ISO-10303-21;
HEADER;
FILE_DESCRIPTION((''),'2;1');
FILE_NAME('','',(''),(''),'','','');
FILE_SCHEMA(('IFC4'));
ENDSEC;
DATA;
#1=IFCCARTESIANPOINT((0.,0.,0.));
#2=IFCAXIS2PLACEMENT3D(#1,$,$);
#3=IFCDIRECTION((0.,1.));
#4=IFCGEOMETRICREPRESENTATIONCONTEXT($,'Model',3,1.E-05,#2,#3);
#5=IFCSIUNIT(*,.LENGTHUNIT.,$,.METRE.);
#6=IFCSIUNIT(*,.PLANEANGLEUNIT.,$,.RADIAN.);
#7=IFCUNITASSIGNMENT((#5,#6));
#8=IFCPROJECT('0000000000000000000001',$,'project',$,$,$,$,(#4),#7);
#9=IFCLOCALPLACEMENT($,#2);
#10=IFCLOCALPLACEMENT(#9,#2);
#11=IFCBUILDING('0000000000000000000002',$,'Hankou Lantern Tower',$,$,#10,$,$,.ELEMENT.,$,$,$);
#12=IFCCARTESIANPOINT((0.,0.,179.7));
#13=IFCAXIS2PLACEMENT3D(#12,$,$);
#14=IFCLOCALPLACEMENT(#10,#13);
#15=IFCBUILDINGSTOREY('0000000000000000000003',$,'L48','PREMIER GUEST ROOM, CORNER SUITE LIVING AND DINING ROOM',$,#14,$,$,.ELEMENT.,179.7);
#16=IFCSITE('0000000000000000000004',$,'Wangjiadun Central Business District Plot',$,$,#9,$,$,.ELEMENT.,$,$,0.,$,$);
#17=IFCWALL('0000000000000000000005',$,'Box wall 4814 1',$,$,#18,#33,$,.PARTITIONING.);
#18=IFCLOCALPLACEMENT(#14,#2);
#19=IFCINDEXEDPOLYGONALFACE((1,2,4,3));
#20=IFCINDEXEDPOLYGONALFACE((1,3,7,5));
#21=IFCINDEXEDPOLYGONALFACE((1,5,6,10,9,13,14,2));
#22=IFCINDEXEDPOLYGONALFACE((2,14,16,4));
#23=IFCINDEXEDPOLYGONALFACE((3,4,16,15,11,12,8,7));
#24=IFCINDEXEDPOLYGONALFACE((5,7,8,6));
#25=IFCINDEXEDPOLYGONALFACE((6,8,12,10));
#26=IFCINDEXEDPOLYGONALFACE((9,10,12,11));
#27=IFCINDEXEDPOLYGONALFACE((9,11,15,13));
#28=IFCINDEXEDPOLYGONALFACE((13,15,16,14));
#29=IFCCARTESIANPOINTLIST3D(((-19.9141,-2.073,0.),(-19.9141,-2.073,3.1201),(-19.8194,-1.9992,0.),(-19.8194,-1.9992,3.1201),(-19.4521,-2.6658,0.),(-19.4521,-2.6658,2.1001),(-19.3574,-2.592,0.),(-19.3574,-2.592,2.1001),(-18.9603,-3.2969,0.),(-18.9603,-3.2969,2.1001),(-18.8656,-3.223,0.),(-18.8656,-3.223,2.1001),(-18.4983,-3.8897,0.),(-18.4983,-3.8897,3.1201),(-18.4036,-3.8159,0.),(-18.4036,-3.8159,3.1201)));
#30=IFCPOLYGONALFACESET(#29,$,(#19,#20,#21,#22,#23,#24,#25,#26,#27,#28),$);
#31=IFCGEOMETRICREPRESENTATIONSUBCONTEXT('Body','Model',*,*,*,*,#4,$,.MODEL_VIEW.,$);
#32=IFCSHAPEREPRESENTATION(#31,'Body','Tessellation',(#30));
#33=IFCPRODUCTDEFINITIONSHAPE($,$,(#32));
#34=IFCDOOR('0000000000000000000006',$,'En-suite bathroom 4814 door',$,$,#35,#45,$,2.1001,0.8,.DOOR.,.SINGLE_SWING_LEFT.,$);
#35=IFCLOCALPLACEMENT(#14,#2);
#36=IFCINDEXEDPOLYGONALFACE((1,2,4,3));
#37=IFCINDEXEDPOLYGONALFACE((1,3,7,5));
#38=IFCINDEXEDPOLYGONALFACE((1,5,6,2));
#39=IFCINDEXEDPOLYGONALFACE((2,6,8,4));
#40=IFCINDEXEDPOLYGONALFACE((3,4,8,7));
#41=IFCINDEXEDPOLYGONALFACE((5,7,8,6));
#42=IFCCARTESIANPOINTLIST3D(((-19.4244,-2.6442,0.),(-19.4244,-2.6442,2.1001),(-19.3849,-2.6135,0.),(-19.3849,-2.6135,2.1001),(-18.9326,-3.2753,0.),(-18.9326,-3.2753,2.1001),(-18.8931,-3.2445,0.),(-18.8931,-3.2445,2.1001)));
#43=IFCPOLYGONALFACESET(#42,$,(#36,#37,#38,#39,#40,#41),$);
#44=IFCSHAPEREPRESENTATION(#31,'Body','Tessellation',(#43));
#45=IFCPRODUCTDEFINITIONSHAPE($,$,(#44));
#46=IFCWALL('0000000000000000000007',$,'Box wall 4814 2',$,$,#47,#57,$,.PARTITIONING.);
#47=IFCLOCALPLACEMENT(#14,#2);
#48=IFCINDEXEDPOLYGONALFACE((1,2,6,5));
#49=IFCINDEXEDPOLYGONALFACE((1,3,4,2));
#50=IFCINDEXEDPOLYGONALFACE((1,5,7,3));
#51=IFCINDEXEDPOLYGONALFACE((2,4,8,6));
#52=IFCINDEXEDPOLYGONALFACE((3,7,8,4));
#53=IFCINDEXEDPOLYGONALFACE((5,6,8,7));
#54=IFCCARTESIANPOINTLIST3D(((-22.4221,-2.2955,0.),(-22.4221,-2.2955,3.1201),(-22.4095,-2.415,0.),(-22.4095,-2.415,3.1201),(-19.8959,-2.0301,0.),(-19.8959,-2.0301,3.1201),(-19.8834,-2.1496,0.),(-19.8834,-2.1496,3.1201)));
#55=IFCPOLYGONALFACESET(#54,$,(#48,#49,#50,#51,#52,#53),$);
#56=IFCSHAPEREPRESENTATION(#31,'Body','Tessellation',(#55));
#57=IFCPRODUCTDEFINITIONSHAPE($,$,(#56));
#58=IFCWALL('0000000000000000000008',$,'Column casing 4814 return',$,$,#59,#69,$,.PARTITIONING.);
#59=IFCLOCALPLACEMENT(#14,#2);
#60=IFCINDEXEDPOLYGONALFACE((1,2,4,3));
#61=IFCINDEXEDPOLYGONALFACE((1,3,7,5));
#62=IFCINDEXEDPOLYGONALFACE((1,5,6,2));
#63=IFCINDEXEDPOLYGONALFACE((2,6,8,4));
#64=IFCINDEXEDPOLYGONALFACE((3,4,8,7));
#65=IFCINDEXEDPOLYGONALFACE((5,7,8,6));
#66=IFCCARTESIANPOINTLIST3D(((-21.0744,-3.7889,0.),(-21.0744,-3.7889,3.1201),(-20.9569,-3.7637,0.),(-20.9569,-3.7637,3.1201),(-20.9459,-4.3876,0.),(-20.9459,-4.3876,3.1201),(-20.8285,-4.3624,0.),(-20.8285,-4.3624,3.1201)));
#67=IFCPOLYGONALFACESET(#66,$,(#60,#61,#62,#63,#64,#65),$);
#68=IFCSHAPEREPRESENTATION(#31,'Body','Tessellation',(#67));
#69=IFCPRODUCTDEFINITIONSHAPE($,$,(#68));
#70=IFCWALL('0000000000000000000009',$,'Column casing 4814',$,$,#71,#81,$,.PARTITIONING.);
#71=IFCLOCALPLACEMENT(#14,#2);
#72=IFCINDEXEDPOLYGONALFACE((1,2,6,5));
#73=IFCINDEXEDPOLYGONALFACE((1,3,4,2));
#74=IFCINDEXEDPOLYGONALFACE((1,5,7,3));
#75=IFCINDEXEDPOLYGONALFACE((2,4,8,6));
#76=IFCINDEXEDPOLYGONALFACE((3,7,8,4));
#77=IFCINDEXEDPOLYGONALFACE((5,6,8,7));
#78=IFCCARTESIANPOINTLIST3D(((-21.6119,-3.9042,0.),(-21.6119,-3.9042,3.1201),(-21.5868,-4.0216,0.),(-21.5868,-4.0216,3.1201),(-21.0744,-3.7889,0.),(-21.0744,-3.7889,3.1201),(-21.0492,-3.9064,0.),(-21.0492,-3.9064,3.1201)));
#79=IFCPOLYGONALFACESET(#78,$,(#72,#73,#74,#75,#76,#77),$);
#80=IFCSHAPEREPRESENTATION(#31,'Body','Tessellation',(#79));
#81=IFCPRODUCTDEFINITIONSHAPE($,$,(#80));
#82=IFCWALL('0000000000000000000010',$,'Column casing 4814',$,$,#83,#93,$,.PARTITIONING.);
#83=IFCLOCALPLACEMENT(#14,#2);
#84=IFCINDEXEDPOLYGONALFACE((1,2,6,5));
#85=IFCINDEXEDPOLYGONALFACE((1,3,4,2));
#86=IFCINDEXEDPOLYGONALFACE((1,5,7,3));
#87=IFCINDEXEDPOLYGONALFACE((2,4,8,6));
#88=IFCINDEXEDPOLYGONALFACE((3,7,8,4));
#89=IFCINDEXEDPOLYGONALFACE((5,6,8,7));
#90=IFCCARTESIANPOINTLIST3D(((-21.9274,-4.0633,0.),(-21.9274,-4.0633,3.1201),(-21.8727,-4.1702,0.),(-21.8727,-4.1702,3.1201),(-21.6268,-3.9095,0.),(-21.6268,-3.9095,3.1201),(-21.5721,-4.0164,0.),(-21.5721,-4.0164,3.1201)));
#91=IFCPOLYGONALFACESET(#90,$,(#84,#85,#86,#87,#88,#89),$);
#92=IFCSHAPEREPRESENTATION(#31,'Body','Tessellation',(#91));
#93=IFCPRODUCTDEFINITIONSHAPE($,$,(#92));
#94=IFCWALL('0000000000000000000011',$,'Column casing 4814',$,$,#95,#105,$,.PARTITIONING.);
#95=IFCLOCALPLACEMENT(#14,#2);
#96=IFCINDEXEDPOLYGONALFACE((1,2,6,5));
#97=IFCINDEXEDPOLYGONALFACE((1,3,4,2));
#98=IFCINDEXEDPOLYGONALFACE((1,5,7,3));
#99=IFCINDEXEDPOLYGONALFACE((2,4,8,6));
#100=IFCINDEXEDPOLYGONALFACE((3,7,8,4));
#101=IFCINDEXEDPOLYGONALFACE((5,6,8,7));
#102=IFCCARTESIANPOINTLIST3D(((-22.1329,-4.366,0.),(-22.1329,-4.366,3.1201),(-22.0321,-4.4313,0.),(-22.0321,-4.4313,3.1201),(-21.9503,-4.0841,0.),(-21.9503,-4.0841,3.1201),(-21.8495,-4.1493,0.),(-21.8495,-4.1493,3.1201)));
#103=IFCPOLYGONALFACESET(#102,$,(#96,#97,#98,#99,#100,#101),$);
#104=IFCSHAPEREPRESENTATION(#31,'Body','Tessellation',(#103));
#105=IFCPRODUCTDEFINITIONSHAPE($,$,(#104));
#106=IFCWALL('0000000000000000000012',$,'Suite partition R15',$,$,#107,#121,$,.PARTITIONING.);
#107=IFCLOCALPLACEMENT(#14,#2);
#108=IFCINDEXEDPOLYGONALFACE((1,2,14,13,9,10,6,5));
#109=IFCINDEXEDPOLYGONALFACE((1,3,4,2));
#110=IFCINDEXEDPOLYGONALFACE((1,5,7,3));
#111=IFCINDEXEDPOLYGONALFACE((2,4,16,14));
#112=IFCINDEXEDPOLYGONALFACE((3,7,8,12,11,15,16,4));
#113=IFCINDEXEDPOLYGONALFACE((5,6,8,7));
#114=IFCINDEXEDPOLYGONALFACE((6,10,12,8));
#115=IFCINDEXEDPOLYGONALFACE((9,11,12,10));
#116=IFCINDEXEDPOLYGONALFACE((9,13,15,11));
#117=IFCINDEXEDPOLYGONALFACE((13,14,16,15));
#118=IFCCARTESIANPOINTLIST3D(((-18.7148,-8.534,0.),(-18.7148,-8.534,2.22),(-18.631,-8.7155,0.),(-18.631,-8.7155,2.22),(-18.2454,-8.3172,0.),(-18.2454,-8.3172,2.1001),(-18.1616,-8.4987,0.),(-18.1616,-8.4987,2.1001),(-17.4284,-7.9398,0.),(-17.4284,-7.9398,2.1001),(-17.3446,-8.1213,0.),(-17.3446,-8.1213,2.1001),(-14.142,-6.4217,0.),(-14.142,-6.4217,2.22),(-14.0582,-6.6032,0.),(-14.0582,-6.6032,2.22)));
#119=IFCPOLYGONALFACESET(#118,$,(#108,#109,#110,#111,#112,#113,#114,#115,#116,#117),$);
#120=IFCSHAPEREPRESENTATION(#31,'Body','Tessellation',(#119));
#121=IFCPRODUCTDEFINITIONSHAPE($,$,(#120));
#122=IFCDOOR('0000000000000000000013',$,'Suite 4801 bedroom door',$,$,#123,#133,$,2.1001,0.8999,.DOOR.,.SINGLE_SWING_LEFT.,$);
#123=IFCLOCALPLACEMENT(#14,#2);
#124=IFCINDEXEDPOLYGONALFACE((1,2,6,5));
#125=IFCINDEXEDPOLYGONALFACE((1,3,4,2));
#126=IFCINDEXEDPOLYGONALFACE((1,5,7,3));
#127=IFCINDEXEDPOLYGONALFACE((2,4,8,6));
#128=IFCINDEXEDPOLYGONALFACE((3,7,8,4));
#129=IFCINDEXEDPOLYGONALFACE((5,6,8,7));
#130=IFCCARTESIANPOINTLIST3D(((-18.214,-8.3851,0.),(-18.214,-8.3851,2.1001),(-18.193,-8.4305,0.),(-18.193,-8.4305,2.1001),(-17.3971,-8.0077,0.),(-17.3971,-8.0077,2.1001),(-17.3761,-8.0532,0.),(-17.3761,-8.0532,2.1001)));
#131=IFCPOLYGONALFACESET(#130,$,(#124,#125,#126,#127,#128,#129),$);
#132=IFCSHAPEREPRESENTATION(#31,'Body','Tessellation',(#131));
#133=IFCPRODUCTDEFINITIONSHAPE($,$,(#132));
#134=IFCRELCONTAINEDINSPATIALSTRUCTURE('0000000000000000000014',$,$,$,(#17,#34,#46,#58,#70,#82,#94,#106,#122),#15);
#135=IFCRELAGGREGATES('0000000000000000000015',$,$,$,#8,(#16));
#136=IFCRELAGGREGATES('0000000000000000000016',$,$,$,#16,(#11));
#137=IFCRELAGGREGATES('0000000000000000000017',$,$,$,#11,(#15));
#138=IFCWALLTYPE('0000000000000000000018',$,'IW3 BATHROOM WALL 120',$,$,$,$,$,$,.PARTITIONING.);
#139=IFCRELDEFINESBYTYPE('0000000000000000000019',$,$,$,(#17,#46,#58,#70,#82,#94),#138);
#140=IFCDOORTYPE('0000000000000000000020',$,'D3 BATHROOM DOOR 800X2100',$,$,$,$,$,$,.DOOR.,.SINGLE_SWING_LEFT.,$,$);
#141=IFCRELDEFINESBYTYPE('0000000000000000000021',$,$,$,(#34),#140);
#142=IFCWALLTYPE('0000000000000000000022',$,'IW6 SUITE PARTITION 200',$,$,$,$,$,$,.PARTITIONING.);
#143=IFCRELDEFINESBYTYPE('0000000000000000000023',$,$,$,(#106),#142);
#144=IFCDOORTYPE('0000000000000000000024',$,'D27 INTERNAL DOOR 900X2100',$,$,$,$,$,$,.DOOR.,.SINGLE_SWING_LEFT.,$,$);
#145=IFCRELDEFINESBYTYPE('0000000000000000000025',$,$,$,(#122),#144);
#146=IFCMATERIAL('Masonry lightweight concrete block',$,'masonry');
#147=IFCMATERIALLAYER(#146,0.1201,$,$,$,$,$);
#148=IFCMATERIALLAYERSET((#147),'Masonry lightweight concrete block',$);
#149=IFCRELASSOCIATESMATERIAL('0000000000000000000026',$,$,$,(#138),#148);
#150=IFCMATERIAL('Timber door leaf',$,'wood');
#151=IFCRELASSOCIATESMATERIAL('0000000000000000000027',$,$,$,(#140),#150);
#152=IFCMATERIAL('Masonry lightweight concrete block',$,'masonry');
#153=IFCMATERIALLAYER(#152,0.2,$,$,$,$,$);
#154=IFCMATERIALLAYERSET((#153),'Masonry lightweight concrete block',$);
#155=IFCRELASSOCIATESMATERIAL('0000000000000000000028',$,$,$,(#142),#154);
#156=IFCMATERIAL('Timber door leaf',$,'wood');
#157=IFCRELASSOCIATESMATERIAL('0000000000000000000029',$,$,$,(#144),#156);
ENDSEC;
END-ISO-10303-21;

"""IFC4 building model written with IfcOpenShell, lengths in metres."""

from ifc_helpers import new_model, si_unit, direction, frame, frame_2d, origin, place, context, subcontext, project, spatial, rectangle, extrude, material, layer, layer_set, type_object, element, fill, save


model = new_model("IFC4")

# Units and contexts
model_context = context("Model", 3, precision=1e-05, world=origin(), true_north=direction((0.0, 1.0)))
body_context = subcontext(model_context, "Body", "Model", "MODEL_VIEW")
ifc_project = project(units=[si_unit("LENGTHUNIT", "METRE"), si_unit("PLANEANGLEUNIT", "RADIAN")], contexts=[model_context])

# Site, building, storey
site_placement = place(None, origin())
site = spatial("IfcSite", under=ifc_project, at=site_placement, Name="Wangjiadun Central Business District Plot", CompositionType="ELEMENT", RefElevation=0.0)
building_placement = place(site_placement, origin())
building = spatial("IfcBuilding", under=site, at=building_placement, Name="Hankou Lantern Tower", CompositionType="ELEMENT")
storey_placement = place(building_placement, frame((0.0, 0.0, 179.7)))
storey = spatial("IfcBuildingStorey", under=building, at=storey_placement, Name="L48", Description="PREMIER GUEST ROOM, CORNER SUITE LIVING AND DINING ROOM", CompositionType="ELEMENT", Elevation=179.7)

# Shared definitions
ifc_material_1 = material(Name="Masonry lightweight concrete block", Category="masonry")
ifc_layer_1 = layer(ifc_material_1, 0.1201)
ifc_layer_set_1 = layer_set([ifc_layer_1], Name="Masonry lightweight concrete block")
wall_type_1 = type_object("IfcWallType", Name="IW3 BATHROOM WALL 120", PredefinedType="PARTITIONING", material=ifc_layer_set_1)

# Shared definitions
ifc_material_2 = material(Name="Timber door leaf", Category="wood")
door_type_1 = type_object("IfcDoorType", Name="D3 BATHROOM DOOR 800X2100", OperationType="SINGLE_SWING_LEFT", PredefinedType="DOOR", material=ifc_material_2)

# Wall, opening, door
wall_1_placement = place(storey_placement, frame((-18.4509, -3.8528, 0.0), z_axis=(0.0, 0.0, 1.0), x_axis=(-0.614704, 0.788758, 0.0)))
wall_1 = element("IfcWall", 1, at=wall_1_placement, inside=storey, type_object=wall_type_1, Name="Box wall 4814 1", PredefinedType="PARTITIONING", context=body_context, shape_type="SweptSolid", body=[
    extrude(rectangle(XDim=2.3032, YDim=0.1201, at=frame_2d((1.1516, 0.0))), origin(), (0.0, 0.0, 1.0), 3.1201),
])
opening_1_placement = place(wall_1_placement, frame((0.7517, 0.0, 0.0)))
opening_1 = element("IfcOpeningElement", 2, at=opening_1_placement, cuts=wall_1, PredefinedType="OPENING", context=body_context, shape_type="SweptSolid", body=[
    extrude(rectangle(XDim=0.8, YDim=2.1001, at=frame_2d((0.3999, 1.05))), frame((0.0, 0.0701, 0.0), z_axis=(0.0, -1.0, 0.0), x_axis=(1.0, 0.0, 0.0)), (0.0, 0.0, 1.0), 0.1401),
])
door_1_placement = place(opening_1_placement, origin())
door_1 = element("IfcDoor", 3, at=door_1_placement, inside=storey, type_object=door_type_1, Name="En-suite bathroom 4814 door", OperationType="SINGLE_SWING_LEFT", OverallHeight=2.1001, OverallWidth=0.8, PredefinedType="DOOR", context=body_context, shape_type="SweptSolid", body=[
    extrude(rectangle(XDim=0.8, YDim=2.1001, at=frame_2d((0.3999, 1.05))), frame((0.0, 0.0249, 0.0), z_axis=(0.0, -1.0, 0.0), x_axis=(1.0, 0.0, 0.0)), (0.0, 0.0, 1.0), 0.05),
])
fill(opening_1, door_1)

# Walls
wall_2_placement = place(storey_placement, frame((-19.8896, -2.0898, 0.0), z_axis=(0.0, 0.0, 1.0), x_axis=(-0.994527, -0.10448, 0.0)))
element("IfcWall", 4, at=wall_2_placement, inside=storey, type_object=wall_type_1, Name="Box wall 4814 2", PredefinedType="PARTITIONING", context=body_context, shape_type="SweptSolid", body=[
    extrude(rectangle(XDim=2.54, YDim=0.1201, at=frame_2d((1.27, 0.0))), origin(), (0.0, 0.0, 1.0), 3.1201),
])
wall_3_placement = place(storey_placement, frame((-20.8872, -4.375, 0.0), z_axis=(0.0, 0.0, 1.0), x_axis=(-0.209747, 0.977756, 0.0)))
element("IfcWall", 5, at=wall_3_placement, inside=storey, type_object=wall_type_1, Name="Column casing 4814 return", PredefinedType="PARTITIONING", context=body_context, shape_type="SweptSolid", body=[
    extrude(rectangle(XDim=0.6123, YDim=0.1201, at=frame_2d((0.3062, 0.0))), origin(), (0.0, 0.0, 1.0), 3.1201),
])
wall_4_placement = place(storey_placement, frame((-21.0618, -3.8477, 0.0), z_axis=(0.0, 0.0, 1.0), x_axis=(-0.977789, -0.20959, 0.0)))
element("IfcWall", 6, at=wall_4_placement, inside=storey, type_object=wall_type_1, Name="Column casing 4814", PredefinedType="PARTITIONING", context=body_context, shape_type="SweptSolid", body=[
    extrude(rectangle(XDim=0.5498, YDim=0.1201, at=frame_2d((0.2749, 0.0))), origin(), (0.0, 0.0, 1.0), 3.1201),
])
wall_5_placement = place(storey_placement, frame((-21.5994, -3.9629, 0.0), z_axis=(0.0, 0.0, 1.0), x_axis=(-0.890194, -0.455582, 0.0)))
element("IfcWall", 7, at=wall_5_placement, inside=storey, type_object=wall_type_1, Name="Column casing 4814", PredefinedType="PARTITIONING", context=body_context, shape_type="SweptSolid", body=[
    extrude(rectangle(XDim=0.3376, YDim=0.1201, at=frame_2d((0.1689, 0.0))), origin(), (0.0, 0.0, 1.0), 3.1201),
])
wall_6_placement = place(storey_placement, frame((-21.8999, -4.1167, 0.0), z_axis=(0.0, 0.0, 1.0), x_axis=(-0.543583, -0.839356, 0.0)))
element("IfcWall", 8, at=wall_6_placement, inside=storey, type_object=wall_type_1, Name="Column casing 4814", PredefinedType="PARTITIONING", context=body_context, shape_type="SweptSolid", body=[
    extrude(rectangle(XDim=0.3359, YDim=0.1201, at=frame_2d((0.168, 0.0))), origin(), (0.0, 0.0, 1.0), 3.1201),
])

# Wall, opening, door
ifc_material_3 = material(Name="Masonry lightweight concrete block", Category="masonry")
ifc_layer_2 = layer(ifc_material_3, 0.2)
ifc_layer_set_2 = layer_set([ifc_layer_2], Name="Masonry lightweight concrete block")
wall_type_2 = type_object("IfcWallType", Name="IW6 SUITE PARTITION 200", PredefinedType="PARTITIONING", material=ifc_layer_set_2)
wall_7_placement = place(storey_placement, frame((-14.1001, -6.5125, 0.0), z_axis=(0.0, 0.0, 1.0), x_axis=(-0.907823, -0.419353, 0.0)))
wall_7 = element("IfcWall", 9, at=wall_7_placement, inside=storey, type_object=wall_type_2, Name="Suite partition R15", PredefinedType="PARTITIONING", context=body_context, shape_type="SweptSolid", body=[
    extrude(rectangle(XDim=5.0371, YDim=0.2, at=frame_2d((2.5186, 0.0))), origin(), (0.0, 0.0, 1.0), 2.22),
])
opening_2_placement = place(wall_7_placement, frame((3.6201, 0.0, 0.0)))
opening_2 = element("IfcOpeningElement", 10, at=opening_2_placement, cuts=wall_7, PredefinedType="OPENING", context=body_context, shape_type="SweptSolid", body=[
    extrude(rectangle(XDim=0.8999, YDim=2.1001, at=frame_2d((0.45, 1.05))), frame((0.0, 0.1099, 0.0), z_axis=(0.0, -1.0, 0.0), x_axis=(1.0, 0.0, 0.0)), (0.0, 0.0, 1.0), 0.22),
])
ifc_material_4 = material(Name="Timber door leaf", Category="wood")
door_type_2 = type_object("IfcDoorType", Name="D27 INTERNAL DOOR 900X2100", OperationType="SINGLE_SWING_LEFT", PredefinedType="DOOR", material=ifc_material_4)
door_2_placement = place(opening_2_placement, origin())
door_2 = element("IfcDoor", 11, at=door_2_placement, inside=storey, type_object=door_type_2, Name="Suite 4801 bedroom door", OperationType="SINGLE_SWING_LEFT", OverallHeight=2.1001, OverallWidth=0.8999, PredefinedType="DOOR", context=body_context, shape_type="SweptSolid", body=[
    extrude(rectangle(XDim=0.8999, YDim=2.1001, at=frame_2d((0.45, 1.05))), frame((0.0, 0.0249, 0.0), z_axis=(0.0, -1.0, 0.0), x_axis=(1.0, 0.0, 0.0)), (0.0, 0.0, 1.0), 0.05),
])
fill(opening_2, door_2)

save(model, "model.ifc")
